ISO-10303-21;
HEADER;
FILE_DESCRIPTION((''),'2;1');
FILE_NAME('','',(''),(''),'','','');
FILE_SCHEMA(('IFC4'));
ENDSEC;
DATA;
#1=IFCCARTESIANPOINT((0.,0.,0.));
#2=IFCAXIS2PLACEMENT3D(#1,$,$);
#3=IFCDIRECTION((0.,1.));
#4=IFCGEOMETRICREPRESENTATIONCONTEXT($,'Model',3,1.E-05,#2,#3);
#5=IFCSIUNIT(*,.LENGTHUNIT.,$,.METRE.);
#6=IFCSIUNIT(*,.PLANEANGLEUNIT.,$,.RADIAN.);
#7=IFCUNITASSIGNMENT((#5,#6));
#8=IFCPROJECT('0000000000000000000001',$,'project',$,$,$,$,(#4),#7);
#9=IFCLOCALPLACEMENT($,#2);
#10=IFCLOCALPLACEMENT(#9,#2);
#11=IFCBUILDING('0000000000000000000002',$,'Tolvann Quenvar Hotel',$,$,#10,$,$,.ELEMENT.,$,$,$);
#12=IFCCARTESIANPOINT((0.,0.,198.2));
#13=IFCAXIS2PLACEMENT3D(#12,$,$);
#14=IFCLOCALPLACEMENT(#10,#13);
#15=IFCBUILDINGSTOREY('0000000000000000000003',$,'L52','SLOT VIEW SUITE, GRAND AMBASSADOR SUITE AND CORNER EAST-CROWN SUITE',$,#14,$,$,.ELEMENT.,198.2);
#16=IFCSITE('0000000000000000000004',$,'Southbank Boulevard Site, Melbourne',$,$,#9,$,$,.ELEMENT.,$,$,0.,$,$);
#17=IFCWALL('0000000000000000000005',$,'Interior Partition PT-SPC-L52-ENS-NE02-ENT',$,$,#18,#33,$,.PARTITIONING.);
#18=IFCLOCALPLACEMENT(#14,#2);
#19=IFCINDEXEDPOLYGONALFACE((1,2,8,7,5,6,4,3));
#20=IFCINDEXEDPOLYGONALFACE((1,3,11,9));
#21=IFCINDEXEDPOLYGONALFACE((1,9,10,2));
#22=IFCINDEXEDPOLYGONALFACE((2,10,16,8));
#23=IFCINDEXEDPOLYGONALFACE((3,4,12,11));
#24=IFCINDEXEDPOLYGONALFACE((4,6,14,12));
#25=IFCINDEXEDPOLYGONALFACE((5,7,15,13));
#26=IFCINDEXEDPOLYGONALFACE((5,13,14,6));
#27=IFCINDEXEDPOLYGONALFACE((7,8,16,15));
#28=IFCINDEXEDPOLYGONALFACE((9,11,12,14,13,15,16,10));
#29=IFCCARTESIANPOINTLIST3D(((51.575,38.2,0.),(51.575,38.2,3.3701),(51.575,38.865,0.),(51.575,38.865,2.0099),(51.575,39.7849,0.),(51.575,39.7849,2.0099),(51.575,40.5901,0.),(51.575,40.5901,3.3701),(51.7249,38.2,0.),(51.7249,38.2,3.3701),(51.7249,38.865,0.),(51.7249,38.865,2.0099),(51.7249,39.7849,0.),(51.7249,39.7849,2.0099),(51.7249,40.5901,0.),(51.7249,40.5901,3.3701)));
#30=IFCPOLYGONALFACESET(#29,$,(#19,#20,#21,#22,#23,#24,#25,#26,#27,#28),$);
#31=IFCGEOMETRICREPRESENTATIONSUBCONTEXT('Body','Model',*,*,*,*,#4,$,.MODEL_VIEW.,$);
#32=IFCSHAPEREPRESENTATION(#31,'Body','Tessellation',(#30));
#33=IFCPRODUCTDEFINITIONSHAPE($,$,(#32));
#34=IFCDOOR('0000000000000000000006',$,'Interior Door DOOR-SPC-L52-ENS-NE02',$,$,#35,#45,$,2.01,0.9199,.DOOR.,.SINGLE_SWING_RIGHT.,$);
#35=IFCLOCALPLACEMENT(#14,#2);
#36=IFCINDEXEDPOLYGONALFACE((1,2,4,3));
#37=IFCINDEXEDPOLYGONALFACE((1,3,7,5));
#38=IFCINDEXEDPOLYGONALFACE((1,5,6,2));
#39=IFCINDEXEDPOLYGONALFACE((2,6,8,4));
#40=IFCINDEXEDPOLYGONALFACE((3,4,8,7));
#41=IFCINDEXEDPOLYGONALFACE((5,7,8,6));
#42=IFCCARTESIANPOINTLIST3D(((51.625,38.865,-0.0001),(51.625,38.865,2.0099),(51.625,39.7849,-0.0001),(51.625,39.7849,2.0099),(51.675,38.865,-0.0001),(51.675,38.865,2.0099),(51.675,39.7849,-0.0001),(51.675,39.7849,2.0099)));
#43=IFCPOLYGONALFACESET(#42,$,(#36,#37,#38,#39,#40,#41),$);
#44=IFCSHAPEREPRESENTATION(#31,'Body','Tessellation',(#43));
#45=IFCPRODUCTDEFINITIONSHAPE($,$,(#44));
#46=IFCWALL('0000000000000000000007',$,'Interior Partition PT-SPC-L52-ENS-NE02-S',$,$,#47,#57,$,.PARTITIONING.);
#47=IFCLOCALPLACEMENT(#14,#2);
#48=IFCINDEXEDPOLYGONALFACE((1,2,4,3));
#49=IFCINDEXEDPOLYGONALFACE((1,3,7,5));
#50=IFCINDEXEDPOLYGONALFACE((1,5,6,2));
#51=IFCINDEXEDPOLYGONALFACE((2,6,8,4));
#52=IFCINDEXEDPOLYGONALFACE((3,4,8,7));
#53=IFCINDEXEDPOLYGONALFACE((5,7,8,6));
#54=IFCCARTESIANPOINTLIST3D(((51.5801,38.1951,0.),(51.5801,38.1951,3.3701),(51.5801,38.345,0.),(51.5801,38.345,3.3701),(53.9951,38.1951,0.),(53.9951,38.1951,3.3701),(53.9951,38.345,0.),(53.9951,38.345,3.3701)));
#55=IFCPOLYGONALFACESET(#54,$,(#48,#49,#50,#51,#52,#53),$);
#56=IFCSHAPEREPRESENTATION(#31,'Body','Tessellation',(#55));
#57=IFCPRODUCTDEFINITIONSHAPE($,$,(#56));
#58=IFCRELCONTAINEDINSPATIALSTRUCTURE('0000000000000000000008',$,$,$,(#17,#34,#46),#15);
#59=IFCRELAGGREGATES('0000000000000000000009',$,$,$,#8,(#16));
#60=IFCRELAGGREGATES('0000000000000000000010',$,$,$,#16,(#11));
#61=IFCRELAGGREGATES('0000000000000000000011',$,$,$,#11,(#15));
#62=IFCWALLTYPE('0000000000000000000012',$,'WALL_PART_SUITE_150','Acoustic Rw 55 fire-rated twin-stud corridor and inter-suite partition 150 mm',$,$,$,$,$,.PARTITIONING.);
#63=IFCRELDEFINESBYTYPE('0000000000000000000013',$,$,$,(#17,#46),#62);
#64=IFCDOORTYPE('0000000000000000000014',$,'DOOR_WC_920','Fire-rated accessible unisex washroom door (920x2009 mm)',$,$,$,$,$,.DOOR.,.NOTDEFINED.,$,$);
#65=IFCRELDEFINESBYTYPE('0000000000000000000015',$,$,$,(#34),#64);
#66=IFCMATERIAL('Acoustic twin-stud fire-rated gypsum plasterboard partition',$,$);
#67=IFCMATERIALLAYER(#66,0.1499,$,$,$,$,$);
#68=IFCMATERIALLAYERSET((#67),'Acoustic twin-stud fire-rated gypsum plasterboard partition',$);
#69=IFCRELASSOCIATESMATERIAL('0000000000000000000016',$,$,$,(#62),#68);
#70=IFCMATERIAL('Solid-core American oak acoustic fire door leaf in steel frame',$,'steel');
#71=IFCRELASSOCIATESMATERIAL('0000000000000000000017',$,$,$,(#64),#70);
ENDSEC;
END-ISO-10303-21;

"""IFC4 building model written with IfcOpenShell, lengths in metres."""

from ifc_helpers import new_model, si_unit, direction, frame, frame_2d, origin, place, context, subcontext, project, spatial, rectangle, extrude, source, transform, mapped, material, layer, layer_set, type_object, type_shapes, element, fill, save


model = new_model("IFC4")

# Units and contexts
model_context = context("Model", 3, precision=1e-05, world=origin(), true_north=direction((0.0, 1.0)))
body_context = subcontext(model_context, "Body", "Model", "MODEL_VIEW")
ifc_project = project(units=[si_unit("LENGTHUNIT", "METRE"), si_unit("PLANEANGLEUNIT", "RADIAN")], contexts=[model_context])

# Site, building, storey
site_placement = place(None, origin())
site = spatial("IfcSite", under=ifc_project, at=site_placement, Name="Southbank Boulevard Site, Melbourne", CompositionType="ELEMENT", RefElevation=0.0)
building_placement = place(site_placement, origin())
building = spatial("IfcBuilding", under=site, at=building_placement, Name="Tolvann Quenvar Hotel", CompositionType="ELEMENT")
storey_placement = place(building_placement, frame((0.0, 0.0, 198.2)))
storey = spatial("IfcBuildingStorey", under=building, at=storey_placement, Name="L52", Description="SLOT VIEW SUITE, GRAND AMBASSADOR SUITE AND CORNER EAST-CROWN SUITE", CompositionType="ELEMENT", Elevation=198.2)

# Shared definitions
ifc_material_1 = material(Name="Acoustic twin-stud fire-rated gypsum plasterboard partition")
ifc_layer_1 = layer(ifc_material_1, 0.1499)
ifc_layer_set_1 = layer_set([ifc_layer_1], Name="Acoustic twin-stud fire-rated gypsum plasterboard partition")
wall_type_1 = type_object("IfcWallType", Name="WALL_PART_SUITE_150", Description="Acoustic Rw 55 fire-rated twin-stud corridor and inter-suite partition 150 mm", PredefinedType="PARTITIONING", material=ifc_layer_set_1)

# Wall, opening, door
wall_1_placement = place(storey_placement, frame((51.6499, 38.2, 0.0), z_axis=(0.0, 0.0, 1.0), x_axis=(0.0, 1.0, 0.0)))
wall_1 = element("IfcWall", 1, at=wall_1_placement, inside=storey, type_object=wall_type_1, Name="Interior Partition PT-SPC-L52-ENS-NE02-ENT", PredefinedType="PARTITIONING", context=body_context, shape_type="SweptSolid", body=[
    extrude(rectangle(XDim=2.3901, YDim=0.1499, at=frame_2d((1.1951, 0.0))), origin(), (0.0, 0.0, 1.0), 3.3701),
])
opening_1_placement = place(wall_1_placement, frame((0.665, 0.0, 0.0)))
opening_1 = element("IfcOpeningElement", 2, at=opening_1_placement, cuts=wall_1, PredefinedType="OPENING", context=body_context, shape_type="SweptSolid", body=[
    extrude(rectangle(XDim=0.9199, YDim=2.01, at=frame_2d((0.46, 1.0049))), frame((0.0, 0.085, 0.0), z_axis=(0.0, -1.0, 0.0), x_axis=(1.0, 0.0, 0.0)), (0.0, 0.0, 1.0), 0.1699),
])
ifc_material_2 = material(Name="Solid-core American oak acoustic fire door leaf in steel frame", Category="steel")
door_type = type_object("IfcDoorType", Name="DOOR_WC_920", Description="Fire-rated accessible unisex washroom door (920x2009 mm)", OperationType="NOTDEFINED", PredefinedType="DOOR", material=ifc_material_2)
shared_shape_1 = source(origin(), body_context, "Body", "SweptSolid", [
    extrude(rectangle(XDim=0.9199, YDim=2.01, at=frame_2d((0.46, 1.0049))), frame((0.0, 0.0249, 0.0), z_axis=(0.0, -1.0, 0.0), x_axis=(1.0, 0.0, 0.0)), (0.0, 0.0, 1.0), 0.05),
])
type_shapes(door_type, [shared_shape_1])
door_placement = place(opening_1_placement, origin())
door = element("IfcDoor", 3, at=door_placement, inside=storey, type_object=door_type, Name="Interior Door DOOR-SPC-L52-ENS-NE02", OperationType="SINGLE_SWING_RIGHT", OverallHeight=2.01, OverallWidth=0.9199, PredefinedType="DOOR", context=body_context, shape_type="MappedRepresentation", body=[
    mapped(shared_shape_1, transform((0.0, 0.0, 0.0), x_axis=(1.0, 0.0, 0.0), y_axis=(0.0, 1.0, 0.0), z_axis=(0.0, 0.0, 1.0), scale=1.0)),
])
fill(opening_1, door)

# Wall
wall_2_placement = place(storey_placement, frame((51.5801, 38.27, 0.0), z_axis=(0.0, 0.0, 1.0), x_axis=(1.0, 0.0, 0.0)))
element("IfcWall", 4, at=wall_2_placement, inside=storey, type_object=wall_type_1, Name="Interior Partition PT-SPC-L52-ENS-NE02-S", PredefinedType="PARTITIONING", context=body_context, shape_type="SweptSolid", body=[
    extrude(rectangle(XDim=2.415, YDim=0.1499, at=frame_2d((1.2075, 0.0))), origin(), (0.0, 0.0, 1.0), 3.3701),
])

save(model, "model.ifc")
